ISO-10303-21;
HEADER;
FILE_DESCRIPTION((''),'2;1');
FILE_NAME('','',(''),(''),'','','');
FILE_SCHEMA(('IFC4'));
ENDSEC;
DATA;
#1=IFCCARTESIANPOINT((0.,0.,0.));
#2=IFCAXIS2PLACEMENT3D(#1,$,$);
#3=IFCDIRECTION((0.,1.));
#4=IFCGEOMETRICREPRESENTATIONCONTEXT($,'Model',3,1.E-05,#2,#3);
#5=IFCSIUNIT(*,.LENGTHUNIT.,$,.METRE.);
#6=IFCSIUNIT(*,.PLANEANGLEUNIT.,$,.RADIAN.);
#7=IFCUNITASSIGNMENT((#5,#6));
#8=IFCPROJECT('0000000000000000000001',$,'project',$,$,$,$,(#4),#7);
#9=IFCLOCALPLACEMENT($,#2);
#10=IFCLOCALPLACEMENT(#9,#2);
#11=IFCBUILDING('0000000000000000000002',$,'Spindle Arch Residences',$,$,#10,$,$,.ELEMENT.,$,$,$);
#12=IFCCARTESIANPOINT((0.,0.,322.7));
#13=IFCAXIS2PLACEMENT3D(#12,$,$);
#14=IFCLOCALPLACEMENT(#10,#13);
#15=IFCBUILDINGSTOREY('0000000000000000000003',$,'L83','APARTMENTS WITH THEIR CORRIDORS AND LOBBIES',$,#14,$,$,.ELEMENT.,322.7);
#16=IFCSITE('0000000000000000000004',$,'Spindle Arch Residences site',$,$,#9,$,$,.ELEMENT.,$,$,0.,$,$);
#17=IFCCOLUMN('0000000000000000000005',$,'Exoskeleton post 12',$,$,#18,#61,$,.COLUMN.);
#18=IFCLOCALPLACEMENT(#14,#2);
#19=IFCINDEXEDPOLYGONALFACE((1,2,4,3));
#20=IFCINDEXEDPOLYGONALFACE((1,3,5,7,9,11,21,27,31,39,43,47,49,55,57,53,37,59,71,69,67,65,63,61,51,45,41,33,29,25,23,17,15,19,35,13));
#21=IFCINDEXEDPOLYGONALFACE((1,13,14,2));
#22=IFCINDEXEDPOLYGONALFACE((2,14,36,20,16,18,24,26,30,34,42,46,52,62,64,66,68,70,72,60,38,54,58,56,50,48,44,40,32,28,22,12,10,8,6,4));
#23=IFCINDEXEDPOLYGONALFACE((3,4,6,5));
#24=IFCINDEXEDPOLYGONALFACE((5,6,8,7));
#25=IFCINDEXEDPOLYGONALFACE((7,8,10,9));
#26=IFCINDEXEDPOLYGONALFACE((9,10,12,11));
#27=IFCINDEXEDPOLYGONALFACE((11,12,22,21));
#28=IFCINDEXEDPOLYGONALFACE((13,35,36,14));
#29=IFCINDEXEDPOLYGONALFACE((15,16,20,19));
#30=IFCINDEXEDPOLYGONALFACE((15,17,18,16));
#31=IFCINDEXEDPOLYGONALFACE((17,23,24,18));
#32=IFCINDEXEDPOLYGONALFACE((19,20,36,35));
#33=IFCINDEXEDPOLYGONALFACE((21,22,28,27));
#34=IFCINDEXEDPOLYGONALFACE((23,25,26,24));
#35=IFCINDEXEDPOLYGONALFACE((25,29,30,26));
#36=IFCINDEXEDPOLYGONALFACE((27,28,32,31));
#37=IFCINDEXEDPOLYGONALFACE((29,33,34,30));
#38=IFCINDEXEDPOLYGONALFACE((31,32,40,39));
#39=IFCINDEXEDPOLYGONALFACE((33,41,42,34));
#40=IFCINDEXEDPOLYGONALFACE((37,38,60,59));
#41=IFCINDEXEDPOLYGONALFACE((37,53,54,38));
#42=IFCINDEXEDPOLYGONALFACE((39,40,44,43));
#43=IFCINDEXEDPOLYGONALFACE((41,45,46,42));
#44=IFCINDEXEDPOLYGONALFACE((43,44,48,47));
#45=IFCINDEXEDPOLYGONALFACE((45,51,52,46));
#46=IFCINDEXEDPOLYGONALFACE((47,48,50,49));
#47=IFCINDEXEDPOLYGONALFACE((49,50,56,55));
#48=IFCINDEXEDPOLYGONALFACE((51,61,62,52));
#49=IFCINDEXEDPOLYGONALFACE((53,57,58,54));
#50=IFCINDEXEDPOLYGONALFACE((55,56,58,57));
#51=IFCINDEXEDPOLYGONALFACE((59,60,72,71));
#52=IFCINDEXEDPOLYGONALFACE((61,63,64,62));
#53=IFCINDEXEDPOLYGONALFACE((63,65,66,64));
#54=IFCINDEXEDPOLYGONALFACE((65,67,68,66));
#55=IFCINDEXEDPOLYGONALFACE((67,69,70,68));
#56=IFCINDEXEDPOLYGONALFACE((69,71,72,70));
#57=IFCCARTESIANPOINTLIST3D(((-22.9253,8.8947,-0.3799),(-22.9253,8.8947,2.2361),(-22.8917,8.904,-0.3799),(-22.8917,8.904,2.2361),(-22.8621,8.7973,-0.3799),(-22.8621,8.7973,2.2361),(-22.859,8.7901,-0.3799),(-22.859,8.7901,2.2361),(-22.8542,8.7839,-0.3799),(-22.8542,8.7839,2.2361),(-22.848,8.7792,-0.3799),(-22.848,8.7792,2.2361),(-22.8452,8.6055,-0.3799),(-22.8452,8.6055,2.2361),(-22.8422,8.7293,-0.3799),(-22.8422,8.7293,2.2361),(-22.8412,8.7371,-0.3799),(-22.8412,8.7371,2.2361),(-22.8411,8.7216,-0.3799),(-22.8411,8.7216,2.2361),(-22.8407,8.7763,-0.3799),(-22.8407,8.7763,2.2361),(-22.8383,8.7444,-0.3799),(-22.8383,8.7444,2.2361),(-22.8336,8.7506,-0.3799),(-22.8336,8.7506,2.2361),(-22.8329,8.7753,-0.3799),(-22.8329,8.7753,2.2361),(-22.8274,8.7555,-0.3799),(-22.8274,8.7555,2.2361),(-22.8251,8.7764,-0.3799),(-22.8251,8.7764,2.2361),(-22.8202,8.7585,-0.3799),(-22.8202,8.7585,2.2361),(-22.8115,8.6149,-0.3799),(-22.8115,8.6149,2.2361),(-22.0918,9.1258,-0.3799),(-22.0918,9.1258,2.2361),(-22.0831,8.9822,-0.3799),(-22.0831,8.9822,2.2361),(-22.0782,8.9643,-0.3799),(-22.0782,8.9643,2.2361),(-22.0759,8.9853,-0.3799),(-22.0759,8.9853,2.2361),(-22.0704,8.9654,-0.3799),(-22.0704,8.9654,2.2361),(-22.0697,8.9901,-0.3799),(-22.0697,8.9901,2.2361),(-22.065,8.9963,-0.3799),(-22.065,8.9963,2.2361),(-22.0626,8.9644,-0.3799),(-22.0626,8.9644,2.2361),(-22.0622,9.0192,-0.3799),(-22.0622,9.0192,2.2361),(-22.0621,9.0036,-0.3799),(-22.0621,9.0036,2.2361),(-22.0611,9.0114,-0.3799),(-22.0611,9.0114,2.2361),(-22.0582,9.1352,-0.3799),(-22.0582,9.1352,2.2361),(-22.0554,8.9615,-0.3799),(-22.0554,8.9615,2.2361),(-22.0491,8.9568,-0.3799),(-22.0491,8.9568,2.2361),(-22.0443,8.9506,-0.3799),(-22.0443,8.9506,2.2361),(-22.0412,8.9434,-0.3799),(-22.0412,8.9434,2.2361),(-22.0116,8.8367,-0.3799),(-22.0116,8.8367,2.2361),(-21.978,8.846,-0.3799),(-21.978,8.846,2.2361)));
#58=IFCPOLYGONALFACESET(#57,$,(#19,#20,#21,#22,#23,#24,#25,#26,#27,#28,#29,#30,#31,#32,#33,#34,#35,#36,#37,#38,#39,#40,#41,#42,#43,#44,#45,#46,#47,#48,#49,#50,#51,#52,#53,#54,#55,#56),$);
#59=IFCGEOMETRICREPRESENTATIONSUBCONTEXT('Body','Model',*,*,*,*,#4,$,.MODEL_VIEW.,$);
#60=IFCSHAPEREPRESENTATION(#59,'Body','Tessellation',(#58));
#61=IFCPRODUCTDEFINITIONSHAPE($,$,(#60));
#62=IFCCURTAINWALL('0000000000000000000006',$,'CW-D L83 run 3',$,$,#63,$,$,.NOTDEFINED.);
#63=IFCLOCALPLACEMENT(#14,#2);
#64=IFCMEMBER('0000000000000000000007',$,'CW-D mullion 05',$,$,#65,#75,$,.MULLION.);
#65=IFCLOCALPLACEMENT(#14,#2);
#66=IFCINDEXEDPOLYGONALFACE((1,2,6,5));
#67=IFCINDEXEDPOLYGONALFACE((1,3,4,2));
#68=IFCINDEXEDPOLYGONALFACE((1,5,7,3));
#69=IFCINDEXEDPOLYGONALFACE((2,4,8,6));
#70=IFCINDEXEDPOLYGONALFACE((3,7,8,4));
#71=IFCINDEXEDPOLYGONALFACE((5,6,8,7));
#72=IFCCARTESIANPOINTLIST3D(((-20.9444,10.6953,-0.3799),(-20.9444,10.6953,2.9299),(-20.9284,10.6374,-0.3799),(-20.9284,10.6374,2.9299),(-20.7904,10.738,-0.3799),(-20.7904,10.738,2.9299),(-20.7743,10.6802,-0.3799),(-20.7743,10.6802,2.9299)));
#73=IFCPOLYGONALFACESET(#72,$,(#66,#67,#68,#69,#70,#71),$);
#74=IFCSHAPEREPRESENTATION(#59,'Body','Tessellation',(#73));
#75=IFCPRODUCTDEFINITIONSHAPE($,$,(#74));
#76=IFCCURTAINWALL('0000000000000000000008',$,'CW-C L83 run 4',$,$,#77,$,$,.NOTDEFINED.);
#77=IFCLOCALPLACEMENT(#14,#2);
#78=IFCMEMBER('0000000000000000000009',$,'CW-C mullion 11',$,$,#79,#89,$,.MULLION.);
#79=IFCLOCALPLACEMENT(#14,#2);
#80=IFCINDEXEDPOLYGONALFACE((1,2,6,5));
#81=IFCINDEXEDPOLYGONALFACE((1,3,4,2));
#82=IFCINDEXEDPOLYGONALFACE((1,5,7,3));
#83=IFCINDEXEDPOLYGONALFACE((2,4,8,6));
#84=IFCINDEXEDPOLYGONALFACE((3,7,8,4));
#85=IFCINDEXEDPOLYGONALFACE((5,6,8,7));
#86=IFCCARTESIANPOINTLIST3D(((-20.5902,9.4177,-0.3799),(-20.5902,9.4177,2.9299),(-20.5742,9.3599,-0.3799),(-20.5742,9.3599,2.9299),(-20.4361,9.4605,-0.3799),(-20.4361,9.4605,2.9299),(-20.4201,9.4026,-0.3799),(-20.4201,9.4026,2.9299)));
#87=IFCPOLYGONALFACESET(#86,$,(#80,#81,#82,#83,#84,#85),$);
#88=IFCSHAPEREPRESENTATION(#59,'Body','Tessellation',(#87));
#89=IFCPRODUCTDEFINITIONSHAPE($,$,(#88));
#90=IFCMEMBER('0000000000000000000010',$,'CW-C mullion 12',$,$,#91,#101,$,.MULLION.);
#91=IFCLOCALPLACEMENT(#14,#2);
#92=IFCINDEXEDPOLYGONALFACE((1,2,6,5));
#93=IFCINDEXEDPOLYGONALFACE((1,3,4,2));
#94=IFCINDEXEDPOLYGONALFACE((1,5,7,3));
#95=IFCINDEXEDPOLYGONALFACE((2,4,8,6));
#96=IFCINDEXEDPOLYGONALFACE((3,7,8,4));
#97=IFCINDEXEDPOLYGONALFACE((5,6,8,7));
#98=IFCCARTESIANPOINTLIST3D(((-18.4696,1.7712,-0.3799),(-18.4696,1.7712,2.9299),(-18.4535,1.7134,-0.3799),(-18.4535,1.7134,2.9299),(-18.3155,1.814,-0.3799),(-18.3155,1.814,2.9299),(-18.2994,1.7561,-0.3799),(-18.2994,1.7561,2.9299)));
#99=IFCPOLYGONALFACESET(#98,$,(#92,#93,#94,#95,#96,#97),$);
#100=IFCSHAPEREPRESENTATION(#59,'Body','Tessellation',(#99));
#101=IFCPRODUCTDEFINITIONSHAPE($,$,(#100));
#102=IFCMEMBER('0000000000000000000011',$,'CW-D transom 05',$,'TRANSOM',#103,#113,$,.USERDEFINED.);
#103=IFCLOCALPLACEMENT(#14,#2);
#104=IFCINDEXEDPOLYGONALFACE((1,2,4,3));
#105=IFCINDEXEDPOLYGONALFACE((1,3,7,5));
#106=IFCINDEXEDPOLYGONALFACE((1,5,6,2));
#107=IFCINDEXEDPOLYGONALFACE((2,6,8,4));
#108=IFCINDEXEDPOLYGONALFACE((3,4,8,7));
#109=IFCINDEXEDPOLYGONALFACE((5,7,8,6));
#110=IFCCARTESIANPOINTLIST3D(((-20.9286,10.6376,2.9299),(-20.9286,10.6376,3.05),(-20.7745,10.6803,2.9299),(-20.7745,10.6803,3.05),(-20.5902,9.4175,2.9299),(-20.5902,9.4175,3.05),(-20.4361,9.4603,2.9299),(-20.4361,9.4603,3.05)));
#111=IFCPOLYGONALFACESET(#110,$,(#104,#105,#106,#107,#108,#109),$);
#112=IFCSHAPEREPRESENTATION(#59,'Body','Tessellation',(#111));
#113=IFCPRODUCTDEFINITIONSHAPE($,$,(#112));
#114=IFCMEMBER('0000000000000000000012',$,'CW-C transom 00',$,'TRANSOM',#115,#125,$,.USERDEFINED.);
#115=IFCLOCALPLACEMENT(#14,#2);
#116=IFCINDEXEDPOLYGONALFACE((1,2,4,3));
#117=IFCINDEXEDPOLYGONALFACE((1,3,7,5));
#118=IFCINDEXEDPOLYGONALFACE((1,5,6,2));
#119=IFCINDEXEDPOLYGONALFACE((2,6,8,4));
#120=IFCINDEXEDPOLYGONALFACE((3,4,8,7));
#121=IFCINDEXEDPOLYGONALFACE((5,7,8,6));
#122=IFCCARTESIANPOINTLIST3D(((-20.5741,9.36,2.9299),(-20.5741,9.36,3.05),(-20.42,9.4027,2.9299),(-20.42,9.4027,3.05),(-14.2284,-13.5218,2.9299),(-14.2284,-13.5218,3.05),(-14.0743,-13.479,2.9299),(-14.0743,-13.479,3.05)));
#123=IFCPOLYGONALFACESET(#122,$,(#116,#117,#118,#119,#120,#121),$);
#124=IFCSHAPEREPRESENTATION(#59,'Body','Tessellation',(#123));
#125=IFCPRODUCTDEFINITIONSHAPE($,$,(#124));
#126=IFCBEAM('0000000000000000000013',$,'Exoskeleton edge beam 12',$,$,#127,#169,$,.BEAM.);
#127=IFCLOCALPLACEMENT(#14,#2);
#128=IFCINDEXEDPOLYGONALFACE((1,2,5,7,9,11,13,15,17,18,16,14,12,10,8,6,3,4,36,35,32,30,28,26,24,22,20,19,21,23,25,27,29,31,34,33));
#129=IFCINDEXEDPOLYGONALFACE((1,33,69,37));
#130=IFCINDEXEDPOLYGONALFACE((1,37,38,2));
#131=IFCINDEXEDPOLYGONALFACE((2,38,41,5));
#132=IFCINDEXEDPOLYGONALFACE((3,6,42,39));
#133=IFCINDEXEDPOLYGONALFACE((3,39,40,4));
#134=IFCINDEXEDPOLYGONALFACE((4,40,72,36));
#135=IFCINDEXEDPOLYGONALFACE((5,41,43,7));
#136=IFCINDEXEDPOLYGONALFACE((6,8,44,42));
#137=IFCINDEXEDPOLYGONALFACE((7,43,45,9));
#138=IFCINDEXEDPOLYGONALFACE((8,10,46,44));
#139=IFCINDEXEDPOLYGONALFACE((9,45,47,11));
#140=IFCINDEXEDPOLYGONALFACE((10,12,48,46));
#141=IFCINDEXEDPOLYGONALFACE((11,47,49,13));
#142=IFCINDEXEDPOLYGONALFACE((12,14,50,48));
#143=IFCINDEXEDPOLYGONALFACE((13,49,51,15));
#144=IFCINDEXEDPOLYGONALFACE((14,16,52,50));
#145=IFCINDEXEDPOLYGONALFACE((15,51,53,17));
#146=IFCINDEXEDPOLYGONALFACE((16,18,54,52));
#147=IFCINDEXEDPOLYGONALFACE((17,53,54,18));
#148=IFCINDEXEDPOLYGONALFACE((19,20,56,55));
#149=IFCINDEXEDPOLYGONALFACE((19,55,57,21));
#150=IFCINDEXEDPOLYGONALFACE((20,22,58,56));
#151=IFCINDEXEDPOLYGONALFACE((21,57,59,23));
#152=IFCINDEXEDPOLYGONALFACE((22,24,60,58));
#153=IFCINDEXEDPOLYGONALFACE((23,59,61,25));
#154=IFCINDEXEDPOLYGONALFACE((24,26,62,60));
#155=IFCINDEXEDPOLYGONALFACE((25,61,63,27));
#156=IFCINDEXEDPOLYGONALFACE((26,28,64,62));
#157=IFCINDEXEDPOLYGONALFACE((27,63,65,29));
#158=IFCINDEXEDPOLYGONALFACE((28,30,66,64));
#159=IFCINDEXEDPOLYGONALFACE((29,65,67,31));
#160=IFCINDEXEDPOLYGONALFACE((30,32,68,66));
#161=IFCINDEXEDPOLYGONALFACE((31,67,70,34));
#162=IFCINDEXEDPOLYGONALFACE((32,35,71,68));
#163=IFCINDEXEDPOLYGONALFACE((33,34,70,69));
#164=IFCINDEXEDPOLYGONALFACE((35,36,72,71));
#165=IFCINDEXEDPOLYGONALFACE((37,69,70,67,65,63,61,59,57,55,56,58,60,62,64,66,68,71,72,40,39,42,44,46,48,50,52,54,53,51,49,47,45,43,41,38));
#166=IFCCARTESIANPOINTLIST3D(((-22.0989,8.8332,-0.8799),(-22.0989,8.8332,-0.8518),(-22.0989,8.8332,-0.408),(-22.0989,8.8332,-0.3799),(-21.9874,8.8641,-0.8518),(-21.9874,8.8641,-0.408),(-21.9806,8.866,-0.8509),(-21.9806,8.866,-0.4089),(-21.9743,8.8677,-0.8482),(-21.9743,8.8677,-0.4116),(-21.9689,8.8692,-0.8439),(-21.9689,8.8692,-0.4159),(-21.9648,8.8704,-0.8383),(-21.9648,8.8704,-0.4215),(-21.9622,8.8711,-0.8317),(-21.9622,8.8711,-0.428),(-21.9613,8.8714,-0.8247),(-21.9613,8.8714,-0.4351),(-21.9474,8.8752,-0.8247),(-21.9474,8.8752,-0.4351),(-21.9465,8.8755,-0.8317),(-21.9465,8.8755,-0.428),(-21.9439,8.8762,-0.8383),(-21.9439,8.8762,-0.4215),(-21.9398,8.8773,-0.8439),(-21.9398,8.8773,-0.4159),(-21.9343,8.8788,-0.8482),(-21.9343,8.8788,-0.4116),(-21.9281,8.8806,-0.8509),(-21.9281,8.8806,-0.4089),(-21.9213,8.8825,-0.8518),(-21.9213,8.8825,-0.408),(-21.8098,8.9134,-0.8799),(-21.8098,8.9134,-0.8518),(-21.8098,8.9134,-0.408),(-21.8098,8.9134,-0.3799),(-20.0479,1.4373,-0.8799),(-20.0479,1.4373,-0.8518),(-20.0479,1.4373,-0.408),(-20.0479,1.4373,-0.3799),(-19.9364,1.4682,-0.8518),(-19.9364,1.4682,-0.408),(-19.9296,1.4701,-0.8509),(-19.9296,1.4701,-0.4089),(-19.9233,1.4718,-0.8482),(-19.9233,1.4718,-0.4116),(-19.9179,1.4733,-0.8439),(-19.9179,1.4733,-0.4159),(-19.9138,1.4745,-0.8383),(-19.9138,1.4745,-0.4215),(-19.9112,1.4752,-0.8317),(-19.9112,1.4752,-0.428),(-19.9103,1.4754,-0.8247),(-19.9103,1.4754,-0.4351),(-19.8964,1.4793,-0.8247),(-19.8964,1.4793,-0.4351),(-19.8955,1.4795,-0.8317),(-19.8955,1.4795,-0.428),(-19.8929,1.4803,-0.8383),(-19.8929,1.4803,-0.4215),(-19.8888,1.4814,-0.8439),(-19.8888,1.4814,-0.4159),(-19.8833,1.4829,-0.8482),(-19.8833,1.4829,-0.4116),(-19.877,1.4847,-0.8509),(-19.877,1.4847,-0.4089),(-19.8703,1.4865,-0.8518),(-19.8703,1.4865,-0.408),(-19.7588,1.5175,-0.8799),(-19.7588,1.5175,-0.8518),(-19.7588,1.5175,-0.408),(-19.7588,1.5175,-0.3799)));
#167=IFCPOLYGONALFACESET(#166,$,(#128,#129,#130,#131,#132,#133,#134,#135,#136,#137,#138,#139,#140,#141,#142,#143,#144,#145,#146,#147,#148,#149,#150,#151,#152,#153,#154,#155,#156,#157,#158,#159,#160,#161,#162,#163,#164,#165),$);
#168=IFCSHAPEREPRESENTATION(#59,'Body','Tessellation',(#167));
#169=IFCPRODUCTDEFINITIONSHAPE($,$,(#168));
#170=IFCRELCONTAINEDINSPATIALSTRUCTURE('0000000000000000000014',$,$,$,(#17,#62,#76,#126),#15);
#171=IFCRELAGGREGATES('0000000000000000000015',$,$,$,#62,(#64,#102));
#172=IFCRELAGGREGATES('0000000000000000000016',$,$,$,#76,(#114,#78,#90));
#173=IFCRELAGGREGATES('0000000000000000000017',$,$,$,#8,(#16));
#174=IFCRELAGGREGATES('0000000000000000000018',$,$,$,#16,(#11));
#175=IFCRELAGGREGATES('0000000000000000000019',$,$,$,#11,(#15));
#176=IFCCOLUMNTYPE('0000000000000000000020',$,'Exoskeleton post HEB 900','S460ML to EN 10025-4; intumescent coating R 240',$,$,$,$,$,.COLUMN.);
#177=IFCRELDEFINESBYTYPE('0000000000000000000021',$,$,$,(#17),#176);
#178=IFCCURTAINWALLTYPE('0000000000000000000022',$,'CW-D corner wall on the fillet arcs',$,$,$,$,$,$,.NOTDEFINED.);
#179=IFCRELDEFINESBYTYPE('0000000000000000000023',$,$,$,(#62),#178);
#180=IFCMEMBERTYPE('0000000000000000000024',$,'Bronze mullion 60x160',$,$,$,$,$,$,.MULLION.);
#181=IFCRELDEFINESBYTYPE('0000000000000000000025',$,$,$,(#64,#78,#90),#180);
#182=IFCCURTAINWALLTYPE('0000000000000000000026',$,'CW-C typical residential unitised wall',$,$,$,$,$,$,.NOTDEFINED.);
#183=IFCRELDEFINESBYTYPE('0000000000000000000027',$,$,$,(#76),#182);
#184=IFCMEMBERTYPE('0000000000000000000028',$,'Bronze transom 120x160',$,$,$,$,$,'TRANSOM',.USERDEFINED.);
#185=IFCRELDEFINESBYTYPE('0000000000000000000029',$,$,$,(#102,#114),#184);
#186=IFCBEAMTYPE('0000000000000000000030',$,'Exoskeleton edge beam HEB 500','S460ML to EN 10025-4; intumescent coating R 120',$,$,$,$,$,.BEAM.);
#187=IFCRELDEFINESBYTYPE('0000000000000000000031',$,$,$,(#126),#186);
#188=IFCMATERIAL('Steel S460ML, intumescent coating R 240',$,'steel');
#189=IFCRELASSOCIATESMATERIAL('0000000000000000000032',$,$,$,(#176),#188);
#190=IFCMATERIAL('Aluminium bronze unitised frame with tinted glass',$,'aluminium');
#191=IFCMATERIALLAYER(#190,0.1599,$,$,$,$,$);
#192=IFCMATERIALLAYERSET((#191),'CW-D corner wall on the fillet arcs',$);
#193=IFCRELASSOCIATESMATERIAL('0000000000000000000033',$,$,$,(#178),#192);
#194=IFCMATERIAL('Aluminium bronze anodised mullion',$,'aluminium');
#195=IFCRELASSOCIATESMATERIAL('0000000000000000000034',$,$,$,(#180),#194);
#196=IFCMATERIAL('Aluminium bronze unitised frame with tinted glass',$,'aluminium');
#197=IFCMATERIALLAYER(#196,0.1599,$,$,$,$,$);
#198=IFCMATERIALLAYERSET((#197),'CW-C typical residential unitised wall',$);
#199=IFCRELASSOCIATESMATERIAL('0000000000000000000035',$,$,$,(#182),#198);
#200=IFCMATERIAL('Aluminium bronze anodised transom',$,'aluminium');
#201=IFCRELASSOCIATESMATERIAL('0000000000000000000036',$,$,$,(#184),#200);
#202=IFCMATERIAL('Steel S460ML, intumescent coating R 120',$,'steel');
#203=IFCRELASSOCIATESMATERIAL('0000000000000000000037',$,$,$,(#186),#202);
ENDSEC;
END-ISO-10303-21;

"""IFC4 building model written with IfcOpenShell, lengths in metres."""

from ifc_helpers import new_model, si_unit, direction, frame, origin, origin_2d, place, context, subcontext, project, spatial, rectangle, i_section, extrude, material, layer, layer_set, material_profile, profile_set, type_object, element, aggregate, save


model = new_model("IFC4")

# Units and contexts
model_context = context("Model", 3, precision=1e-05, world=origin(), true_north=direction((0.0, 1.0)))
body_context = subcontext(model_context, "Body", "Model", "MODEL_VIEW")
ifc_project = project(units=[si_unit("LENGTHUNIT", "METRE"), si_unit("PLANEANGLEUNIT", "RADIAN")], contexts=[model_context])

# Site, building, storey
site_placement = place(None, origin())
site = spatial("IfcSite", under=ifc_project, at=site_placement, Name="Spindle Arch Residences site", CompositionType="ELEMENT", RefElevation=0.0)
building_placement = place(site_placement, origin())
building = spatial("IfcBuilding", under=site, at=building_placement, Name="Spindle Arch Residences", CompositionType="ELEMENT")
storey_placement = place(building_placement, frame((0.0, 0.0, 322.7)))
storey = spatial("IfcBuildingStorey", under=building, at=storey_placement, Name="L83", Description="APARTMENTS WITH THEIR CORRIDORS AND LOBBIES", CompositionType="ELEMENT", Elevation=322.7)

# Column
ifc_material_1 = material(Name="Steel S460ML, intumescent coating R 240", Category="steel")
ifc_material_profile_1 = material_profile(ifc_material_1, i_section(OverallWidth=0.3, OverallDepth=0.8999, WebThickness=0.0186, FlangeThickness=0.0349, FilletRadius=0.03, at=origin_2d()), Name="HEB 900")
ifc_profile_set_1 = profile_set([ifc_material_profile_1], Name="Steel S460ML, intumescent coating R 240")
column_type = type_object("IfcColumnType", Name="Exoskeleton post HEB 900", Description="S460ML to EN 10025-4; intumescent coating R 240", PredefinedType="COLUMN", material=ifc_profile_set_1)
column_placement = place(storey_placement, frame((-22.4517, 8.8704, -0.3799), z_axis=(0.0, 0.0, 1.0), x_axis=(-0.267238, 0.963631, 0.0)))
element("IfcColumn", 1, at=column_placement, inside=storey, type_object=column_type, Name="Exoskeleton post 12", PredefinedType="COLUMN", context=body_context, shape_type="SweptSolid", body=[
    extrude(i_section(OverallWidth=0.3, OverallDepth=0.8999, WebThickness=0.0186, FlangeThickness=0.0349, FilletRadius=0.03, at=origin_2d()), origin(), (0.0, 0.0, 1.0), 2.616),
])

# Curtain wall, member
ifc_material_2 = material(Name="Aluminium bronze unitised frame with tinted glass", Category="aluminium")
ifc_layer_1 = layer(ifc_material_2, 0.1599)
ifc_layer_set_1 = layer_set([ifc_layer_1], Name="CW-D corner wall on the fillet arcs")
curtain_wall_type_1 = type_object("IfcCurtainWallType", Name="CW-D corner wall on the fillet arcs", PredefinedType="NOTDEFINED", material=ifc_layer_set_1)
curtain_wall_1_placement = place(storey_placement, origin())
curtain_wall_1 = element("IfcCurtainWall", 2, at=curtain_wall_1_placement, inside=storey, type_object=curtain_wall_type_1, Name="CW-D L83 run 3", PredefinedType="NOTDEFINED")
ifc_material_3 = material(Name="Aluminium bronze anodised mullion", Category="aluminium")
ifc_material_profile_2 = material_profile(ifc_material_3, rectangle(XDim=0.1599, YDim=0.0601, at=origin_2d()), Name="MU 60x160")
ifc_profile_set_2 = profile_set([ifc_material_profile_2], Name="Aluminium bronze anodised mullion")
member_type_1 = type_object("IfcMemberType", Name="Bronze mullion 60x160", PredefinedType="MULLION", material=ifc_profile_set_2)
member_1_placement = place(storey_placement, frame((-20.8594, 10.6877, -0.3799), z_axis=(0.0, 0.0, 1.0), x_axis=(0.96363, 0.267238, 0.0)))
member_1 = element("IfcMember", 3, at=member_1_placement, type_object=member_type_1, Name="CW-D mullion 05", PredefinedType="MULLION", context=body_context, shape_type="SweptSolid", body=[
    extrude(rectangle(XDim=0.1599, YDim=0.0601, at=origin_2d()), origin(), (0.0, 0.0, 1.0), 3.3098),
])

# Curtain wall, members
ifc_material_4 = material(Name="Aluminium bronze unitised frame with tinted glass", Category="aluminium")
ifc_layer_2 = layer(ifc_material_4, 0.1599)
ifc_layer_set_2 = layer_set([ifc_layer_2], Name="CW-C typical residential unitised wall")
curtain_wall_type_2 = type_object("IfcCurtainWallType", Name="CW-C typical residential unitised wall", PredefinedType="NOTDEFINED", material=ifc_layer_set_2)
curtain_wall_2_placement = place(storey_placement, origin())
curtain_wall_2 = element("IfcCurtainWall", 4, at=curtain_wall_2_placement, inside=storey, type_object=curtain_wall_type_2, Name="CW-C L83 run 4", PredefinedType="NOTDEFINED")
member_2_placement = place(storey_placement, frame((-20.5051, 9.4102, -0.3799), z_axis=(0.0, 0.0, 1.0), x_axis=(0.96363, 0.267238, 0.0)))
member_2 = element("IfcMember", 5, at=member_2_placement, type_object=member_type_1, Name="CW-C mullion 11", PredefinedType="MULLION", context=body_context, shape_type="SweptSolid", body=[
    extrude(rectangle(XDim=0.1599, YDim=0.0601, at=origin_2d()), origin(), (0.0, 0.0, 1.0), 3.3098),
])
member_3_placement = place(storey_placement, frame((-18.3845, 1.7637, -0.3799), z_axis=(0.0, 0.0, 1.0), x_axis=(0.96363, 0.267238, 0.0)))
member_3 = element("IfcMember", 6, at=member_3_placement, type_object=member_type_1, Name="CW-C mullion 12", PredefinedType="MULLION", context=body_context, shape_type="SweptSolid", body=[
    extrude(rectangle(XDim=0.1599, YDim=0.0601, at=origin_2d()), origin(), (0.0, 0.0, 1.0), 3.3098),
])

# Members
ifc_material_5 = material(Name="Aluminium bronze anodised transom", Category="aluminium")
ifc_material_profile_3 = material_profile(ifc_material_5, rectangle(XDim=0.1599, YDim=0.1201, at=origin_2d()), Name="TR 120x160")
ifc_profile_set_3 = profile_set([ifc_material_profile_3], Name="Aluminium bronze anodised transom")
member_type_2 = type_object("IfcMemberType", Name="Bronze transom 120x160", ElementType="TRANSOM", PredefinedType="USERDEFINED", material=ifc_profile_set_3)
member_4_placement = place(storey_placement, frame((-20.8516, 10.6589, 2.99), z_axis=(0.267276, -0.96362, 0.0), x_axis=(0.96362, 0.267276, 0.0)))
member_4 = element("IfcMember", 7, at=member_4_placement, type_object=member_type_2, Name="CW-D transom 05", ObjectType="TRANSOM", PredefinedType="USERDEFINED", context=body_context, shape_type="SweptSolid", body=[
    extrude(rectangle(XDim=0.1599, YDim=0.1201, at=origin_2d()), origin(), (0.0, 0.0, 1.0), 1.2661),
])
member_5_placement = place(storey_placement, frame((-20.4971, 9.3813, 2.99), z_axis=(0.267239, -0.96363, 0.0), x_axis=(0.96363, 0.267239, 0.0)))
member_5 = element("IfcMember", 8, at=member_5_placement, type_object=member_type_2, Name="CW-C transom 00", ObjectType="TRANSOM", PredefinedType="USERDEFINED", context=body_context, shape_type="SweptSolid", body=[
    extrude(rectangle(XDim=0.1599, YDim=0.1201, at=origin_2d()), origin(), (0.0, 0.0, 1.0), 23.7454),
])

# Beam
ifc_material_6 = material(Name="Steel S460ML, intumescent coating R 120", Category="steel")
ifc_material_profile_4 = material_profile(ifc_material_6, i_section(OverallWidth=0.3, OverallDepth=0.5, WebThickness=0.0144, FlangeThickness=0.0281, FilletRadius=0.0271, at=origin_2d()), Name="HEB 500")
ifc_profile_set_4 = profile_set([ifc_material_profile_4], Name="Steel S460ML, intumescent coating R 120")
beam_type_1 = type_object("IfcBeamType", Name="Exoskeleton edge beam HEB 500", Description="S460ML to EN 10025-4; intumescent coating R 120", PredefinedType="BEAM", material=ifc_profile_set_4)
beam_1_placement = place(storey_placement, frame((-21.9543, 8.8733, -0.6299), z_axis=(0.26723, -0.963633, 0.0), x_axis=(0.963633, 0.26723, 0.0)))
element("IfcBeam", 9, at=beam_1_placement, inside=storey, type_object=beam_type_1, Name="Exoskeleton edge beam 12", PredefinedType="BEAM", context=body_context, shape_type="SweptSolid", body=[
    extrude(i_section(OverallWidth=0.3, OverallDepth=0.5, WebThickness=0.0144, FlangeThickness=0.0281, FilletRadius=0.0271, at=origin_2d()), origin(), (0.0, 0.0, 1.0), 7.675),
])

aggregate(curtain_wall_1, [member_1, member_4])
aggregate(curtain_wall_2, [member_5, member_2, member_3])

save(model, "model.ifc")
